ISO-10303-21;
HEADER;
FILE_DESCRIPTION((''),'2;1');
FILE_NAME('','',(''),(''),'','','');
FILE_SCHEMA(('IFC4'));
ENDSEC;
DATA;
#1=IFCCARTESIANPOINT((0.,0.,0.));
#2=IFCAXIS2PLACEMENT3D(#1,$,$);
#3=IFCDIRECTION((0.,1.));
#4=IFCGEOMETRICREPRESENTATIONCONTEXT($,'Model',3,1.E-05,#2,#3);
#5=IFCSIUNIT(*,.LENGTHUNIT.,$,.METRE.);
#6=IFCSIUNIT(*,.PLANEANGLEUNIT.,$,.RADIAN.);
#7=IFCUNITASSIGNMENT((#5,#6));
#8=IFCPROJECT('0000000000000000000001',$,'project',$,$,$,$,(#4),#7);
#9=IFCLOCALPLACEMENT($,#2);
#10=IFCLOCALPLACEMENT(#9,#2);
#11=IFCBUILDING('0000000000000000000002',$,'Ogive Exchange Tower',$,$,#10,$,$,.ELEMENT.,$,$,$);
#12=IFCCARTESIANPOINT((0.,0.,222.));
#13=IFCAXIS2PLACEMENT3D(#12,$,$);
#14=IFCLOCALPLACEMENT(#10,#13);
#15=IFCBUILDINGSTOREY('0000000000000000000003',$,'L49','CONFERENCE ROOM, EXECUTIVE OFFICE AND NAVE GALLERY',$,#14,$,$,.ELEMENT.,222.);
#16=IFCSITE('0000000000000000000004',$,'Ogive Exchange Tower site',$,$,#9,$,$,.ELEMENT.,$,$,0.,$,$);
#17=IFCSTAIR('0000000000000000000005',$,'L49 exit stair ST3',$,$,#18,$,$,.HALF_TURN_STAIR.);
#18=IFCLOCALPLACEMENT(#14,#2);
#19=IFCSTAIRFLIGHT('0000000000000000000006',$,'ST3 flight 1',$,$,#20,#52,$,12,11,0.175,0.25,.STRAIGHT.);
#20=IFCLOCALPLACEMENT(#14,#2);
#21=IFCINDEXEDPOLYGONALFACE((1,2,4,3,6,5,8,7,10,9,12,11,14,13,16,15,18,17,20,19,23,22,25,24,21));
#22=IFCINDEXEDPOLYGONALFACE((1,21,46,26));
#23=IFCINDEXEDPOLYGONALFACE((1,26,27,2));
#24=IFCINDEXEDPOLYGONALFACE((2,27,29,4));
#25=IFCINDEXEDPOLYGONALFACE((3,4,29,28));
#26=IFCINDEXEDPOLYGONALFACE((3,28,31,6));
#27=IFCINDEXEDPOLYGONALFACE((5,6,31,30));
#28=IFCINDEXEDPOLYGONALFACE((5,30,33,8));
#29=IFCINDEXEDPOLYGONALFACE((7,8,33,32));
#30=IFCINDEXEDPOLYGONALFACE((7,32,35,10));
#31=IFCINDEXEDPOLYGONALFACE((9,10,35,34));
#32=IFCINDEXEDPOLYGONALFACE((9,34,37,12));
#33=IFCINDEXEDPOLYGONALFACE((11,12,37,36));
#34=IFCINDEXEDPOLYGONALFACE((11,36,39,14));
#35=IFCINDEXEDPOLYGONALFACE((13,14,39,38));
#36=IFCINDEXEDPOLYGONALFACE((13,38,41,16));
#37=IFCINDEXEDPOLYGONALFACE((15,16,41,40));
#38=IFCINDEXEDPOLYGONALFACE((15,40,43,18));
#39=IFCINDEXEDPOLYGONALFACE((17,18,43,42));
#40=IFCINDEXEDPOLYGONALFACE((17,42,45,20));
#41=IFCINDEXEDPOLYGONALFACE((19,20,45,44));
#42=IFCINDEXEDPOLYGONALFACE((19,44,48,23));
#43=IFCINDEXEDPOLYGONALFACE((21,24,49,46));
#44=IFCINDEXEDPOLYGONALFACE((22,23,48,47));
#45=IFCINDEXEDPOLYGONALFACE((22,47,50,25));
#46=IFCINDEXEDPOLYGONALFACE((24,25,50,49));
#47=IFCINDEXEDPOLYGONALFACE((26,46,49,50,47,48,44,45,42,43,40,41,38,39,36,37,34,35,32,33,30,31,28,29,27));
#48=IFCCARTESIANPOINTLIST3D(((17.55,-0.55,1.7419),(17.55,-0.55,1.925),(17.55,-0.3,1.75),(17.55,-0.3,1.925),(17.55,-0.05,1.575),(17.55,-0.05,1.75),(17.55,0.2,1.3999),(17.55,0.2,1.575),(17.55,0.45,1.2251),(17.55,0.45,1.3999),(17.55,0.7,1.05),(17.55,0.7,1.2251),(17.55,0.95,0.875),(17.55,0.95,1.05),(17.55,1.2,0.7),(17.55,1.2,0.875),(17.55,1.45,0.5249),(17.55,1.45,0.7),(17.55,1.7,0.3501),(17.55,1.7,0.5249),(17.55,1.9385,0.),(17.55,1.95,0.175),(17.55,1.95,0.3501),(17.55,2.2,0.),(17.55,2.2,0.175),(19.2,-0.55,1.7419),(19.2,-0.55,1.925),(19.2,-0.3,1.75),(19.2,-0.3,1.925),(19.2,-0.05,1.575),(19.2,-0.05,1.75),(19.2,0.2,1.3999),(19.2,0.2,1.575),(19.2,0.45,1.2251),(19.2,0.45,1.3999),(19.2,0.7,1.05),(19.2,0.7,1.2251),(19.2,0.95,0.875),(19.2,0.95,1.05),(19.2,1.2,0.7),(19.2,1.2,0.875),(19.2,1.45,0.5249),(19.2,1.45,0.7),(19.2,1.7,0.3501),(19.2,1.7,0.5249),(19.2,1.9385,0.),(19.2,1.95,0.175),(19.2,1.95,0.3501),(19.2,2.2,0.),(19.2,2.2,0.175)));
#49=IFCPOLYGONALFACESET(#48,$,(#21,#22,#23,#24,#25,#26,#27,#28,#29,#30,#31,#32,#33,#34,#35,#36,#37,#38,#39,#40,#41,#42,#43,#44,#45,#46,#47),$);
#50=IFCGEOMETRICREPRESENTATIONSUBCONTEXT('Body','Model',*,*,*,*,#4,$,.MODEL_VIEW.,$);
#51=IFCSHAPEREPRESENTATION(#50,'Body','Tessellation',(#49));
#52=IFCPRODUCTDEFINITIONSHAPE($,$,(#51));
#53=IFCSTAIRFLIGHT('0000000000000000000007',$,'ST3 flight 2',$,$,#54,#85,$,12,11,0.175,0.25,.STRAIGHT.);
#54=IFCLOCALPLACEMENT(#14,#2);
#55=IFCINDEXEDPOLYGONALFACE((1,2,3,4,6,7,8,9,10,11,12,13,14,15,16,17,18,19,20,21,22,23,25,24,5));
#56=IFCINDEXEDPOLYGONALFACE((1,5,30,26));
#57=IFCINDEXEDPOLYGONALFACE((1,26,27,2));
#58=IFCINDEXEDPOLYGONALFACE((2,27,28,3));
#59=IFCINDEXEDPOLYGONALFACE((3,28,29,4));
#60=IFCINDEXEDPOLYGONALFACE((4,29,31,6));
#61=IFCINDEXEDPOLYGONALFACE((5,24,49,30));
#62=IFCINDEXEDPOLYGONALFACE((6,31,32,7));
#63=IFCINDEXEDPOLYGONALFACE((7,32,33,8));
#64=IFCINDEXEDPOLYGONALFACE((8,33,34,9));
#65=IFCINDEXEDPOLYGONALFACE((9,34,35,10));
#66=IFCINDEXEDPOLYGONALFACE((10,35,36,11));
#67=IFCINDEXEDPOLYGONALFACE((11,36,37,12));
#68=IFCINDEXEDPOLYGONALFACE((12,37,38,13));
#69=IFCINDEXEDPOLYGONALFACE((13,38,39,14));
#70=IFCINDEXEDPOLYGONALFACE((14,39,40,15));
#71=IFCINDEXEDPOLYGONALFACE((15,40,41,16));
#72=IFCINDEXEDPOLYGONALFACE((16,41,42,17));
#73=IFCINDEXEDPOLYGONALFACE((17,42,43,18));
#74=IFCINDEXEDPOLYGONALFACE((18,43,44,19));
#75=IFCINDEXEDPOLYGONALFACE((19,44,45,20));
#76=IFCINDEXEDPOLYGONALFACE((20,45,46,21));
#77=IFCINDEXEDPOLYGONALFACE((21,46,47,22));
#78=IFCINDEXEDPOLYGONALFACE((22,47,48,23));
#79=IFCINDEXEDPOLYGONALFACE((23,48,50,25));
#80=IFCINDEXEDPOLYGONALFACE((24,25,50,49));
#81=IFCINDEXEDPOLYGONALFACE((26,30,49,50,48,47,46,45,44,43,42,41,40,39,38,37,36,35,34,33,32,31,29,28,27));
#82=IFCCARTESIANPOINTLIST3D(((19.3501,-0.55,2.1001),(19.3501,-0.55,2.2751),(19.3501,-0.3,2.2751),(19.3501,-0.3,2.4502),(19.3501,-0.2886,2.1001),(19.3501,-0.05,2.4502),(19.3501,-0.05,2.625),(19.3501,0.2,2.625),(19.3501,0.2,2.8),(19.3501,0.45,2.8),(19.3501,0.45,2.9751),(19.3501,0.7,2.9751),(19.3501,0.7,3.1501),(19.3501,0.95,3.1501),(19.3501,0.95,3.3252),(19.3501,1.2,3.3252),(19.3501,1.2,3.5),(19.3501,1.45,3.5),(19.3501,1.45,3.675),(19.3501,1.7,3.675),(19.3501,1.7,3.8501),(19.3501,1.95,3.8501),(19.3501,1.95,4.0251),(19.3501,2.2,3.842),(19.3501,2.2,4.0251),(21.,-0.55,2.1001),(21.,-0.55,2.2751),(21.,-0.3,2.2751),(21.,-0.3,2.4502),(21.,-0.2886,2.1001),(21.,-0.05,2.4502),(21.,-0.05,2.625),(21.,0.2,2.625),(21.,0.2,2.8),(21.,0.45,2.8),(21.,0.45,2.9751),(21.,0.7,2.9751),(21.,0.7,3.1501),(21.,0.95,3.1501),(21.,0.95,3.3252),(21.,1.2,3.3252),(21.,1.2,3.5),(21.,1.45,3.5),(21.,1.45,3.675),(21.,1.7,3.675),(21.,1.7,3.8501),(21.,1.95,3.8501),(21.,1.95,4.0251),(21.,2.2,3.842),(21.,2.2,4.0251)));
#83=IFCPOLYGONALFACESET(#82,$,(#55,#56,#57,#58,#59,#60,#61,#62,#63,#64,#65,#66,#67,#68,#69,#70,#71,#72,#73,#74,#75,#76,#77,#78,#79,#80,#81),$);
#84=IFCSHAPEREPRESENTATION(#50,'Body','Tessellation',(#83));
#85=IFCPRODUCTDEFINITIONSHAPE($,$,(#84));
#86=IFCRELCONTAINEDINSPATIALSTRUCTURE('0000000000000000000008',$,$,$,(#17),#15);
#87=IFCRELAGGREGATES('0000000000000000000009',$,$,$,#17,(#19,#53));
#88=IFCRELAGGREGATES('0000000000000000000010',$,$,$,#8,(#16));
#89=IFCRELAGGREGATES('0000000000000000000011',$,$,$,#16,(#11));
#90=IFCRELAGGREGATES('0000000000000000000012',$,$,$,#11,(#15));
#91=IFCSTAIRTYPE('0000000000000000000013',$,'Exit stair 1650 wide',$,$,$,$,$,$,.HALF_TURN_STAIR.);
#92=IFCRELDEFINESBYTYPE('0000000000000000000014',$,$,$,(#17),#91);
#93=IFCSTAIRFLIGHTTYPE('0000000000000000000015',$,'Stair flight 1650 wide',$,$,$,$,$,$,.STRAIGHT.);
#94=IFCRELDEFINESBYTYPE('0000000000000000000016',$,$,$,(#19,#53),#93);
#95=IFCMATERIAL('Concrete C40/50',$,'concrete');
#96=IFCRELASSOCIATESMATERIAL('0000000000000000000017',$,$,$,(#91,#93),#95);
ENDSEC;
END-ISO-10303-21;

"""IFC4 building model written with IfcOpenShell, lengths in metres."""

from ifc_helpers import new_model, si_unit, direction, frame, origin, place, context, subcontext, project, spatial, polyline, outline, extrude, material, type_object, element, aggregate, save


model = new_model("IFC4")

# Units and contexts
model_context = context("Model", 3, precision=1e-05, world=origin(), true_north=direction((0.0, 1.0)))
body_context = subcontext(model_context, "Body", "Model", "MODEL_VIEW")
ifc_project = project(units=[si_unit("LENGTHUNIT", "METRE"), si_unit("PLANEANGLEUNIT", "RADIAN")], contexts=[model_context])

# Site, building, storey
site_placement = place(None, origin())
site = spatial("IfcSite", under=ifc_project, at=site_placement, Name="Ogive Exchange Tower site", CompositionType="ELEMENT", RefElevation=0.0)
building_placement = place(site_placement, origin())
building = spatial("IfcBuilding", under=site, at=building_placement, Name="Ogive Exchange Tower", CompositionType="ELEMENT")
storey_placement = place(building_placement, frame((0.0, 0.0, 222.0)))
storey = spatial("IfcBuildingStorey", under=building, at=storey_placement, Name="L49", Description="CONFERENCE ROOM, EXECUTIVE OFFICE AND NAVE GALLERY", CompositionType="ELEMENT", Elevation=222.0)

# Stair, stair flights
ifc_material_1 = material(Name="Concrete C40/50", Category="concrete")
stair_type = type_object("IfcStairType", Name="Exit stair 1650 wide", PredefinedType="HALF_TURN_STAIR", material=ifc_material_1)
stair_placement = place(storey_placement, origin())
stair = element("IfcStair", 1, at=stair_placement, inside=storey, type_object=stair_type, Name="L49 exit stair ST3", PredefinedType="HALF_TURN_STAIR")
stair_flight_type = type_object("IfcStairFlightType", Name="Stair flight 1650 wide", PredefinedType="STRAIGHT", material=ifc_material_1)
stair_flight_1_placement = place(storey_placement, frame((18.375, 2.2, 0.0), z_axis=(0.0, 0.0, 1.0), x_axis=(0.0, -1.0, 0.0)))
stair_flight_1 = element("IfcStairFlight", 2, at=stair_flight_1_placement, type_object=stair_flight_type, Name="ST3 flight 1", NumberOfRisers=12, NumberOfTreads=11, PredefinedType="STRAIGHT", RiserHeight=0.175, TreadLength=0.25, context=body_context, shape_type="SweptSolid", body=[
    extrude(outline(polyline([(0.0, 0.0), (0.0, 0.175), (0.25, 0.175), (0.25, 0.3501), (0.5, 0.3501), (0.5, 0.5249), (0.75, 0.5249), (0.75, 0.7), (1.0, 0.7), (1.0, 0.875), (1.25, 0.875), (1.25, 1.05), (1.5, 1.05), (1.5, 1.2251), (1.75, 1.2251), (1.75, 1.3999), (2.0, 1.3999), (2.0, 1.575), (2.25, 1.575), (2.25, 1.75), (2.5, 1.75), (2.5, 1.925), (2.75, 1.925), (2.75, 2.1001), (2.75, 1.7419), (0.2615, 0.0), (0.0, 0.0)])), frame((0.0, 0.825, 0.0), z_axis=(0.0, -1.0, 0.0), x_axis=(1.0, 0.0, 0.0)), (0.0, 0.0, 1.0), 1.6499),
])
stair_flight_2_placement = place(storey_placement, frame((20.175, -0.55, 2.1001), z_axis=(0.0, 0.0, 1.0), x_axis=(0.0, 1.0, 0.0)))
stair_flight_2 = element("IfcStairFlight", 3, at=stair_flight_2_placement, type_object=stair_flight_type, Name="ST3 flight 2", NumberOfRisers=12, NumberOfTreads=11, PredefinedType="STRAIGHT", RiserHeight=0.175, TreadLength=0.25, context=body_context, shape_type="SweptSolid", body=[
    extrude(outline(polyline([(0.0, 0.0), (0.0, 0.175), (0.25, 0.175), (0.25, 0.3501), (0.5, 0.3501), (0.5, 0.5249), (0.75, 0.5249), (0.75, 0.7), (1.0, 0.7), (1.0, 0.875), (1.25, 0.875), (1.25, 1.05), (1.5, 1.05), (1.5, 1.2251), (1.75, 1.2251), (1.75, 1.3999), (2.0, 1.3999), (2.0, 1.575), (2.25, 1.575), (2.25, 1.75), (2.5, 1.75), (2.5, 1.925), (2.75, 1.925), (2.75, 2.1001), (2.75, 1.7419), (0.2615, 0.0), (0.0, 0.0)])), frame((0.0, 0.825, 0.0), z_axis=(0.0, -1.0, 0.0), x_axis=(1.0, 0.0, 0.0)), (0.0, 0.0, 1.0), 1.6499),
])
aggregate(stair, [stair_flight_1, stair_flight_2])

save(model, "model.ifc")
